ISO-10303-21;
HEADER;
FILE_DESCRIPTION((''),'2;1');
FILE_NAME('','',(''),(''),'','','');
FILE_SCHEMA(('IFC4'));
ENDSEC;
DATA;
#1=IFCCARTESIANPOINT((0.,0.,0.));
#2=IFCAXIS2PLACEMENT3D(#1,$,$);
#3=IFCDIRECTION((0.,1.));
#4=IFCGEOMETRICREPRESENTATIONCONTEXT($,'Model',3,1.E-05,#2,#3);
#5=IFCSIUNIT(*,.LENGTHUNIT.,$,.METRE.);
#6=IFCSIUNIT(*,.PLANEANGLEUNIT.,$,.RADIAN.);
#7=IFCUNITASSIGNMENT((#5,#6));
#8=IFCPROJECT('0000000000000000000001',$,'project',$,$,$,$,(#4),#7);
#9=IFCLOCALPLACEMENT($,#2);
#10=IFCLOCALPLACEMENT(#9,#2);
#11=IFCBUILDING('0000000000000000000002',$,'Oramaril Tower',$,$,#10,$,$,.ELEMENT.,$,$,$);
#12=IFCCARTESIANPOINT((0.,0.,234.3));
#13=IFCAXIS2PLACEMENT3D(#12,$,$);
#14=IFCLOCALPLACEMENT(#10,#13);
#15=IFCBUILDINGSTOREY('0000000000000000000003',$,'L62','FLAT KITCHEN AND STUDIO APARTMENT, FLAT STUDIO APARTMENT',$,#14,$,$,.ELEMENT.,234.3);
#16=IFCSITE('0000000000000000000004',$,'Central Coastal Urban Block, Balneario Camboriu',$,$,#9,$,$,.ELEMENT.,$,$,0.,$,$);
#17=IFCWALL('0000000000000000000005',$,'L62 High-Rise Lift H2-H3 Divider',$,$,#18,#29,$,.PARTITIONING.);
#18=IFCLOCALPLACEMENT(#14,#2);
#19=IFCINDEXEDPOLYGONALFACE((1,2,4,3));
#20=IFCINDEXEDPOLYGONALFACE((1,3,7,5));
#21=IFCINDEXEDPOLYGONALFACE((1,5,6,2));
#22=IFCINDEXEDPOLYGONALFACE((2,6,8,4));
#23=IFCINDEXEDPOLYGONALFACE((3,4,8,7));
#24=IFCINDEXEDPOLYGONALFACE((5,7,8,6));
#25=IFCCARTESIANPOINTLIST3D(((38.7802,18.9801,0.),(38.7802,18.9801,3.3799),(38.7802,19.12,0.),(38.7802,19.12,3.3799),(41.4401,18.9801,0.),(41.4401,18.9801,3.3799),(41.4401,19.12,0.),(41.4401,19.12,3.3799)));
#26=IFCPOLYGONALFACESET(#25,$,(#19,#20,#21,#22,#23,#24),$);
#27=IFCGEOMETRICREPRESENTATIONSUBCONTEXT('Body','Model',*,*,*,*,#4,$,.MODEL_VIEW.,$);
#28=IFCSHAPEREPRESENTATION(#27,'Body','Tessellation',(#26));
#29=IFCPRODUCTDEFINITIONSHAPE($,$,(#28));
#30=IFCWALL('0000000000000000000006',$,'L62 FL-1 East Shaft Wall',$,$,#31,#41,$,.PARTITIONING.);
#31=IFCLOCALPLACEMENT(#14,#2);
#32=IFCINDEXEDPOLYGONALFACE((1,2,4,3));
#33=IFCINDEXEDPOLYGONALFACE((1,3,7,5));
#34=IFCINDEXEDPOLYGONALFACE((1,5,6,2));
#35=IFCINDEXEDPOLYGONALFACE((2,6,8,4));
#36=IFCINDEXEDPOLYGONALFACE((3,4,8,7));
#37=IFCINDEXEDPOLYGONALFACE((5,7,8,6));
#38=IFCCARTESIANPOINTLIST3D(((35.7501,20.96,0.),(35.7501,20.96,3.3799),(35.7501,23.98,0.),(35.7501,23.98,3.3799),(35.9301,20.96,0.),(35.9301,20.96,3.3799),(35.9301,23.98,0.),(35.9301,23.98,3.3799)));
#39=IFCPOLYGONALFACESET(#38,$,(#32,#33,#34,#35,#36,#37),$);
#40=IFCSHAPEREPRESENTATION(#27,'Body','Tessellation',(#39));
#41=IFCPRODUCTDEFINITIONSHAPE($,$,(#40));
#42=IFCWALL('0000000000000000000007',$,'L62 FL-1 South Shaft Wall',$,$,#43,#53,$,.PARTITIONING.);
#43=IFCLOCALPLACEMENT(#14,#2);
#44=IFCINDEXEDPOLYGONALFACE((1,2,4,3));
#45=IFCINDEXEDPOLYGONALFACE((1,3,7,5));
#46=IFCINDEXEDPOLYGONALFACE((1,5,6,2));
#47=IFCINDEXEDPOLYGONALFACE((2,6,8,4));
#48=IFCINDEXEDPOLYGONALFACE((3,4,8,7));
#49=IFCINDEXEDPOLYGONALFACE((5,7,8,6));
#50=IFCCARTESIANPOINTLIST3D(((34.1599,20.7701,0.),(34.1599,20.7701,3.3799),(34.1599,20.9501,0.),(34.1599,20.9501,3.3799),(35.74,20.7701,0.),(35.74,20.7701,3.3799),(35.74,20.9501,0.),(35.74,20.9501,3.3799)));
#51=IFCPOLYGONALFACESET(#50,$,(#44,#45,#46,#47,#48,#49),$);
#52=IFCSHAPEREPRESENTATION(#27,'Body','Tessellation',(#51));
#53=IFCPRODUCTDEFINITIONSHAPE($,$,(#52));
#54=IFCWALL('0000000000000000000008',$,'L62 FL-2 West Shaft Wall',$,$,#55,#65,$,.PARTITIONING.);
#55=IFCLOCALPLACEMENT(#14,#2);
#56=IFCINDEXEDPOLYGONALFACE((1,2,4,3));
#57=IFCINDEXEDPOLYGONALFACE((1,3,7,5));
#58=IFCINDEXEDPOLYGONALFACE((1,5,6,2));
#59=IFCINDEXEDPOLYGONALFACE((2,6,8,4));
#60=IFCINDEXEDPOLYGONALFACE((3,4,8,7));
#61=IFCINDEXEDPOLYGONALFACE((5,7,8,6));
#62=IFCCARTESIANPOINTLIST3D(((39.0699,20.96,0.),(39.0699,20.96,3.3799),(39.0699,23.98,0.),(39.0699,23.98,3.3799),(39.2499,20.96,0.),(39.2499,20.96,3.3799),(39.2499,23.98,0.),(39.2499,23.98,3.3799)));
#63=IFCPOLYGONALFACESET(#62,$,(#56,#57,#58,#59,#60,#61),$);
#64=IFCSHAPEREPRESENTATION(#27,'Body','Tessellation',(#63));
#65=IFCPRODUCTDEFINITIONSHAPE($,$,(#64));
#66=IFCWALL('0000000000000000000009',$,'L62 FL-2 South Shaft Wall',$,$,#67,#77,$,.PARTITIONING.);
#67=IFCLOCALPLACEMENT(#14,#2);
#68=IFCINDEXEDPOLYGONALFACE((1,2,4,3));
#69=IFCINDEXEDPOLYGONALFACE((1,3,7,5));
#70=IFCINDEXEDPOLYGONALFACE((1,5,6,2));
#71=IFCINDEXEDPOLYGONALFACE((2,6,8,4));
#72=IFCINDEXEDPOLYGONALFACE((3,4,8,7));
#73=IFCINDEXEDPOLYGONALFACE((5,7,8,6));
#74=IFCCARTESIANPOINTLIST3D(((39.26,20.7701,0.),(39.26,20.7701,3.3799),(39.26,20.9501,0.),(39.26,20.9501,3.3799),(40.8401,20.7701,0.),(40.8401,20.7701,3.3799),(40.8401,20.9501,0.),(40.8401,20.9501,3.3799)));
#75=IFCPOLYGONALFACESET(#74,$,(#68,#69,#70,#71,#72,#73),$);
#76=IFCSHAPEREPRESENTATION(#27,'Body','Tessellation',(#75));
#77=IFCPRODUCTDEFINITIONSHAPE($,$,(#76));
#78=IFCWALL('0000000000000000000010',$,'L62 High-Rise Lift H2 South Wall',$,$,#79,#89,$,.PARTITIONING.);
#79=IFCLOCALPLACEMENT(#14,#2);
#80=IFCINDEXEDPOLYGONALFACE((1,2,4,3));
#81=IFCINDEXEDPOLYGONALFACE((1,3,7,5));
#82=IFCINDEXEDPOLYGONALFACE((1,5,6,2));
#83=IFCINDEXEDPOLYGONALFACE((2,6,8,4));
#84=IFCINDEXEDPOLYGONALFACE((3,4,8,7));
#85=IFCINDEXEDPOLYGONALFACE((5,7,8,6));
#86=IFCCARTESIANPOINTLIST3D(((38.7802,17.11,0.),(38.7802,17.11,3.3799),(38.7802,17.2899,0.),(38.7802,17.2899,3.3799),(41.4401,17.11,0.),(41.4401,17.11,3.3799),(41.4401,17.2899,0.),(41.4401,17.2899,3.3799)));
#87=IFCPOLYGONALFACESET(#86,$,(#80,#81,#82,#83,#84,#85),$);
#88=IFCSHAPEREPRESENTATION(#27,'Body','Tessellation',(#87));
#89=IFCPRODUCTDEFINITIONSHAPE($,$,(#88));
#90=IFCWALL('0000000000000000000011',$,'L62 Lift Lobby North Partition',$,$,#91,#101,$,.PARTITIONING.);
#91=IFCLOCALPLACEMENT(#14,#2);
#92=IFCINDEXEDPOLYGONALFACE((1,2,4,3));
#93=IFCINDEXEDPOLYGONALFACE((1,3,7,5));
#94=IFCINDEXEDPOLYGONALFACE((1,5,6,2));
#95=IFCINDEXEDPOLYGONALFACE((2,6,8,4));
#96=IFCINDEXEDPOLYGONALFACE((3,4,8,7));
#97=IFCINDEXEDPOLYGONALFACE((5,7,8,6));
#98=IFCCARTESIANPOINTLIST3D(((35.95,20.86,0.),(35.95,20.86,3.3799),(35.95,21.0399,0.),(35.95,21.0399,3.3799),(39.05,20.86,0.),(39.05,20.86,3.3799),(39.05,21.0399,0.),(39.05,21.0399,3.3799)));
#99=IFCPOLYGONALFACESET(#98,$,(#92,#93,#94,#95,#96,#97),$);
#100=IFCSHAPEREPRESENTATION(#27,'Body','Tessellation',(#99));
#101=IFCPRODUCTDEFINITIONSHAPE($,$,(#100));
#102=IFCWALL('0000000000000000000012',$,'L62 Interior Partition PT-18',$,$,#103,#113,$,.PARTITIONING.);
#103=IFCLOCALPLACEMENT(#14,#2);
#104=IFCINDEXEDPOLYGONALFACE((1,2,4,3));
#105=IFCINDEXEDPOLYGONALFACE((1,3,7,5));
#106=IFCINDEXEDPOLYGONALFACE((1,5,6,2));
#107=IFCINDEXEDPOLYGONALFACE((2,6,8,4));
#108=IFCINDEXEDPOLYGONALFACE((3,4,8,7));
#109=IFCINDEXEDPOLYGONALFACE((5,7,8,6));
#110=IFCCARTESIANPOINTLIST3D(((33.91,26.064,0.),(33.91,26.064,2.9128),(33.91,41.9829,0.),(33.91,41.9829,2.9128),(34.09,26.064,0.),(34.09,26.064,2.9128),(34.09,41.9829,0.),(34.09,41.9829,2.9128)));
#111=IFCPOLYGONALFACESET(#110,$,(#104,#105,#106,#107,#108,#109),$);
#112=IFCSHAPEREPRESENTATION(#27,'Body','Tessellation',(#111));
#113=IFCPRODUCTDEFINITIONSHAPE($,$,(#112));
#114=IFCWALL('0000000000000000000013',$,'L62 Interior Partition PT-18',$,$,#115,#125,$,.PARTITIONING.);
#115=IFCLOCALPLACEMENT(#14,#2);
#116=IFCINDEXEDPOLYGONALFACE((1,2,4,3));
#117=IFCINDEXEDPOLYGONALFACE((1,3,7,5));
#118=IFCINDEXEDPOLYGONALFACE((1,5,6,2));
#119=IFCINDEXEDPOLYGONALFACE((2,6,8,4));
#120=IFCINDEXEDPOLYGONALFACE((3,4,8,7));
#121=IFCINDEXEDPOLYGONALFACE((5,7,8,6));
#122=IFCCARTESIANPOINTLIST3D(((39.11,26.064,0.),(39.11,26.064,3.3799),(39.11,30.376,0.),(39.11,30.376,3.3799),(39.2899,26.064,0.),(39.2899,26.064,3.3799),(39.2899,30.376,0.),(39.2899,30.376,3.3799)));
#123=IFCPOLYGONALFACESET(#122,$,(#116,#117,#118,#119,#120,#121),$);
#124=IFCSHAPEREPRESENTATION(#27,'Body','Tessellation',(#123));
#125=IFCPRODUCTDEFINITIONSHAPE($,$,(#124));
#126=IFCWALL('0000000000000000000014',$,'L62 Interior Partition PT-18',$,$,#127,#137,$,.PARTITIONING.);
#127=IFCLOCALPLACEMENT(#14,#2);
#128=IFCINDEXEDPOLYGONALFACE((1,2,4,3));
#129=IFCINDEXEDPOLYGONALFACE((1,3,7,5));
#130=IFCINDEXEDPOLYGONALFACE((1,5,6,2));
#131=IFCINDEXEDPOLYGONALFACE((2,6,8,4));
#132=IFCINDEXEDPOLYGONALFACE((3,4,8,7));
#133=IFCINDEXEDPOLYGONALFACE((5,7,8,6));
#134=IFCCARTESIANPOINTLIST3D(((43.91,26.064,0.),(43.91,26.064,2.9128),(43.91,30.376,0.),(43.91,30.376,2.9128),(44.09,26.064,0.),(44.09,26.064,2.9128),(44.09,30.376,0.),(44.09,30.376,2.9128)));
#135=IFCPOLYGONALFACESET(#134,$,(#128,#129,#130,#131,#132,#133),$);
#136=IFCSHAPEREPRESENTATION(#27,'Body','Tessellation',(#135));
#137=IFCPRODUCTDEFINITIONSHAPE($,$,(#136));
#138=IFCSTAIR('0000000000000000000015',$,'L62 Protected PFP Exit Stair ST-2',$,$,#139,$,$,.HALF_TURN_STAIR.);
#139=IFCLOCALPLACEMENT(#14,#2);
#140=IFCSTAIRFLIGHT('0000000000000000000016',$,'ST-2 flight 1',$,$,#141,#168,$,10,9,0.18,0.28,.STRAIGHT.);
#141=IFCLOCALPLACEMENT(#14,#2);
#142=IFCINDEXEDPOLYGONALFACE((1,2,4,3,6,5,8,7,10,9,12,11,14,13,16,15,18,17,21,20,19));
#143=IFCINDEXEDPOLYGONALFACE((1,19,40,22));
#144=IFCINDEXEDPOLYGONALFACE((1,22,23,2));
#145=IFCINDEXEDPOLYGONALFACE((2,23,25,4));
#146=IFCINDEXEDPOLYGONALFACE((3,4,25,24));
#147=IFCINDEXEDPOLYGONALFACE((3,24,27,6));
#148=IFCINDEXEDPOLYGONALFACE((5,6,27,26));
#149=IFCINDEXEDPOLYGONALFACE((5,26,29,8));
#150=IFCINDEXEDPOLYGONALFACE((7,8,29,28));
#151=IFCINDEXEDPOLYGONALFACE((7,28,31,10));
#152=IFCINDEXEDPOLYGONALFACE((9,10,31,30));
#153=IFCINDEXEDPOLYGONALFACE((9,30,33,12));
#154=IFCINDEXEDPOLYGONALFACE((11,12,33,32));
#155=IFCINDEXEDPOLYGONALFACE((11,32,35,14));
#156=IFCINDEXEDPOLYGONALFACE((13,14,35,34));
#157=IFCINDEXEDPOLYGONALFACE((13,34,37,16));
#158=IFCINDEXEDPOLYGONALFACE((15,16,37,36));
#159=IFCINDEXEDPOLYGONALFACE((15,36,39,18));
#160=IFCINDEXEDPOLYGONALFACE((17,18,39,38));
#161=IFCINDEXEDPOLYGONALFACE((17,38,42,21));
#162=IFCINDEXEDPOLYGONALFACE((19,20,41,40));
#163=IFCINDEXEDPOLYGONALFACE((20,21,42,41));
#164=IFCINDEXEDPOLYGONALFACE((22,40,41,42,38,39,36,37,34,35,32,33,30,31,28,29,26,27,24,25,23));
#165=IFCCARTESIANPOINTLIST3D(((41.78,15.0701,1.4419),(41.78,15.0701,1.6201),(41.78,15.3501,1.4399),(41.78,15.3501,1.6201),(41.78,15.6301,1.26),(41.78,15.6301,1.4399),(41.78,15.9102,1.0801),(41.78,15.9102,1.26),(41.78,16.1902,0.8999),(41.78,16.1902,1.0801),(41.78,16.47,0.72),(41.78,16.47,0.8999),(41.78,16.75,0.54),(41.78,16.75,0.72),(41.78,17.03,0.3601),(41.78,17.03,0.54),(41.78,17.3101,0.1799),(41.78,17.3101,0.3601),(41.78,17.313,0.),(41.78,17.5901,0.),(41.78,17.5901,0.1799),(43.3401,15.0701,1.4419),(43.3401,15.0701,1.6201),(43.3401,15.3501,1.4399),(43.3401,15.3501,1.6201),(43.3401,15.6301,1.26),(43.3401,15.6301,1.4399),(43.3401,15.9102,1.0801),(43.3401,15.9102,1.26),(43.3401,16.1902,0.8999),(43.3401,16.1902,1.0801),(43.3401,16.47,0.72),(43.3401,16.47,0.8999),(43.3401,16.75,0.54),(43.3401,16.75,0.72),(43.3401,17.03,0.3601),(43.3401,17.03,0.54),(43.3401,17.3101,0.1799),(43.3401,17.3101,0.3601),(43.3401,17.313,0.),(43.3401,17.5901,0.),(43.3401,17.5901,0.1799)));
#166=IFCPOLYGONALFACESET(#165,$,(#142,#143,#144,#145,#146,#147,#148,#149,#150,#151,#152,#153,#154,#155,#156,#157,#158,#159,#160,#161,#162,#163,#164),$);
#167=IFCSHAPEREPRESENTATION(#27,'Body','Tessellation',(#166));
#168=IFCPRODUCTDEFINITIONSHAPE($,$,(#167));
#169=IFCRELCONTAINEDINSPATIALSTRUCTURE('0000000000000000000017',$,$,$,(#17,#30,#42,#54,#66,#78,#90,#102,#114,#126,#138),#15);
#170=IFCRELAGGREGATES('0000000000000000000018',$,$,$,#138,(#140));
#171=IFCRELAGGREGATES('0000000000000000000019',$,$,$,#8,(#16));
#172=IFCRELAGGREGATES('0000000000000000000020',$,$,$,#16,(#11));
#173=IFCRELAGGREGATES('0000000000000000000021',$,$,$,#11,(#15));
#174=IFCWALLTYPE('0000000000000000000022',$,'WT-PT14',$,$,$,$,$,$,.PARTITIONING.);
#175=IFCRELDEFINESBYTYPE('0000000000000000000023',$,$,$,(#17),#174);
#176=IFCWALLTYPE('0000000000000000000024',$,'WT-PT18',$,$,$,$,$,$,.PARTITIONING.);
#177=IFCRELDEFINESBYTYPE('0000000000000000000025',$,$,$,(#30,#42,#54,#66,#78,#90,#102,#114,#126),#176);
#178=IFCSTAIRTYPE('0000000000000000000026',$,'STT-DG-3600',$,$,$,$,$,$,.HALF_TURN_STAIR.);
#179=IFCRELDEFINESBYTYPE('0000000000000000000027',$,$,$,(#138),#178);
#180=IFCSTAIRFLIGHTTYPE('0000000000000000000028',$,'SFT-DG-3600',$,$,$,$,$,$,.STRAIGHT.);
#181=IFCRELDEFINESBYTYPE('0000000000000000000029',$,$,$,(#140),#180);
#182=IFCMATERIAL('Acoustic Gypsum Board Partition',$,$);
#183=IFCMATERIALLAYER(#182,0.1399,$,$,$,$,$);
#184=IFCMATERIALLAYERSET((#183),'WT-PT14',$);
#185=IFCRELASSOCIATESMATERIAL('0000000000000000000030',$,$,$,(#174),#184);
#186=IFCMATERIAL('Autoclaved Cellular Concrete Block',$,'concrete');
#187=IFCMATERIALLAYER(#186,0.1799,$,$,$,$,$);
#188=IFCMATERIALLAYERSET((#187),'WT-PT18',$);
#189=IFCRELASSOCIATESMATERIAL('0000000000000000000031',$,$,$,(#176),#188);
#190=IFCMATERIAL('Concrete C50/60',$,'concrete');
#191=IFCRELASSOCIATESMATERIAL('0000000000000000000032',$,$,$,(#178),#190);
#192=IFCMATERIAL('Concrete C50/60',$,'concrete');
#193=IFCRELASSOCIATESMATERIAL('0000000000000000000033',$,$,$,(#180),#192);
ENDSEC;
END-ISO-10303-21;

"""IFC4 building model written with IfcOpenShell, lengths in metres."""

from ifc_helpers import new_model, si_unit, direction, frame, frame_2d, origin, place, context, subcontext, project, spatial, polyline, rectangle, outline, extrude, material, layer, layer_set, type_object, element, aggregate, save


model = new_model("IFC4")

# Units and contexts
model_context = context("Model", 3, precision=1e-05, world=origin(), true_north=direction((0.0, 1.0)))
body_context = subcontext(model_context, "Body", "Model", "MODEL_VIEW")
ifc_project = project(units=[si_unit("LENGTHUNIT", "METRE"), si_unit("PLANEANGLEUNIT", "RADIAN")], contexts=[model_context])

# Site, building, storey
site_placement = place(None, origin())
site = spatial("IfcSite", under=ifc_project, at=site_placement, Name="Central Coastal Urban Block, Balneario Camboriu", CompositionType="ELEMENT", RefElevation=0.0)
building_placement = place(site_placement, origin())
building = spatial("IfcBuilding", under=site, at=building_placement, Name="Oramaril Tower", CompositionType="ELEMENT")
storey_placement = place(building_placement, frame((0.0, 0.0, 234.3)))
storey = spatial("IfcBuildingStorey", under=building, at=storey_placement, Name="L62", Description="FLAT KITCHEN AND STUDIO APARTMENT, FLAT STUDIO APARTMENT", CompositionType="ELEMENT", Elevation=234.3)

# Walls
ifc_material_1 = material(Name="Acoustic Gypsum Board Partition")
ifc_layer_1 = layer(ifc_material_1, 0.1399)
ifc_layer_set_1 = layer_set([ifc_layer_1], Name="WT-PT14")
wall_type_1 = type_object("IfcWallType", Name="WT-PT14", PredefinedType="PARTITIONING", material=ifc_layer_set_1)
wall_1_placement = place(storey_placement, frame((38.78, 19.05, 0.0), z_axis=(0.0, 0.0, 1.0), x_axis=(1.0, 0.0, 0.0)))
element("IfcWall", 1, at=wall_1_placement, inside=storey, type_object=wall_type_1, Name="L62 High-Rise Lift H2-H3 Divider", PredefinedType="PARTITIONING", context=body_context, shape_type="SweptSolid", body=[
    extrude(rectangle(XDim=2.6599, YDim=0.1399, at=frame_2d((1.3301, 0.0))), origin(), (0.0, 0.0, 1.0), 3.3799),
])
ifc_material_2 = material(Name="Autoclaved Cellular Concrete Block", Category="concrete")
ifc_layer_2 = layer(ifc_material_2, 0.1799)
ifc_layer_set_2 = layer_set([ifc_layer_2], Name="WT-PT18")
wall_type_2 = type_object("IfcWallType", Name="WT-PT18", PredefinedType="PARTITIONING", material=ifc_layer_set_2)
wall_2_placement = place(storey_placement, frame((35.8401, 20.96, 0.0), z_axis=(0.0, 0.0, 1.0), x_axis=(0.0, 1.0, 0.0)))
element("IfcWall", 2, at=wall_2_placement, inside=storey, type_object=wall_type_2, Name="L62 FL-1 East Shaft Wall", PredefinedType="PARTITIONING", context=body_context, shape_type="SweptSolid", body=[
    extrude(rectangle(XDim=3.02, YDim=0.1799, at=frame_2d((1.51, 0.0))), origin(), (0.0, 0.0, 1.0), 3.3799),
])
wall_3_placement = place(storey_placement, frame((34.1599, 20.8601, 0.0), z_axis=(0.0, 0.0, 1.0), x_axis=(1.0, 0.0, 0.0)))
element("IfcWall", 3, at=wall_3_placement, inside=storey, type_object=wall_type_2, Name="L62 FL-1 South Shaft Wall", PredefinedType="PARTITIONING", context=body_context, shape_type="SweptSolid", body=[
    extrude(rectangle(XDim=1.5801, YDim=0.1799, at=frame_2d((0.79, 0.0))), origin(), (0.0, 0.0, 1.0), 3.3799),
])
wall_4_placement = place(storey_placement, frame((39.1599, 20.96, 0.0), z_axis=(0.0, 0.0, 1.0), x_axis=(0.0, 1.0, 0.0)))
element("IfcWall", 4, at=wall_4_placement, inside=storey, type_object=wall_type_2, Name="L62 FL-2 West Shaft Wall", PredefinedType="PARTITIONING", context=body_context, shape_type="SweptSolid", body=[
    extrude(rectangle(XDim=3.02, YDim=0.1799, at=frame_2d((1.51, 0.0))), origin(), (0.0, 0.0, 1.0), 3.3799),
])
wall_5_placement = place(storey_placement, frame((39.26, 20.8601, 0.0), z_axis=(0.0, 0.0, 1.0), x_axis=(1.0, 0.0, 0.0)))
element("IfcWall", 5, at=wall_5_placement, inside=storey, type_object=wall_type_2, Name="L62 FL-2 South Shaft Wall", PredefinedType="PARTITIONING", context=body_context, shape_type="SweptSolid", body=[
    extrude(rectangle(XDim=1.5801, YDim=0.1799, at=frame_2d((0.79, 0.0))), origin(), (0.0, 0.0, 1.0), 3.3799),
])
wall_6_placement = place(storey_placement, frame((38.78, 17.2, 0.0), z_axis=(0.0, 0.0, 1.0), x_axis=(1.0, 0.0, 0.0)))
element("IfcWall", 6, at=wall_6_placement, inside=storey, type_object=wall_type_2, Name="L62 High-Rise Lift H2 South Wall", PredefinedType="PARTITIONING", context=body_context, shape_type="SweptSolid", body=[
    extrude(rectangle(XDim=2.6599, YDim=0.1799, at=frame_2d((1.3301, 0.0))), origin(), (0.0, 0.0, 1.0), 3.3799),
])
wall_7_placement = place(storey_placement, frame((35.95, 20.95, 0.0), z_axis=(0.0, 0.0, 1.0), x_axis=(1.0, 0.0, 0.0)))
element("IfcWall", 7, at=wall_7_placement, inside=storey, type_object=wall_type_2, Name="L62 Lift Lobby North Partition", PredefinedType="PARTITIONING", context=body_context, shape_type="SweptSolid", body=[
    extrude(rectangle(XDim=3.1001, YDim=0.1799, at=frame_2d((1.55, 0.0))), origin(), (0.0, 0.0, 1.0), 3.3799),
])
wall_8_placement = place(storey_placement, frame((34.0, 26.064, 0.0), z_axis=(0.0, 0.0, 1.0), x_axis=(0.0, 1.0, 0.0)))
element("IfcWall", 8, at=wall_8_placement, inside=storey, type_object=wall_type_2, Name="L62 Interior Partition PT-18", PredefinedType="PARTITIONING", context=body_context, shape_type="SweptSolid", body=[
    extrude(rectangle(XDim=15.9189, YDim=0.1799, at=frame_2d((7.9595, 0.0))), origin(), (0.0, 0.0, 1.0), 2.9128),
])
wall_9_placement = place(storey_placement, frame((39.2, 26.064, 0.0), z_axis=(0.0, 0.0, 1.0), x_axis=(0.0, 1.0, 0.0)))
element("IfcWall", 9, at=wall_9_placement, inside=storey, type_object=wall_type_2, Name="L62 Interior Partition PT-18", PredefinedType="PARTITIONING", context=body_context, shape_type="SweptSolid", body=[
    extrude(rectangle(XDim=4.312, YDim=0.1799, at=frame_2d((2.156, 0.0))), origin(), (0.0, 0.0, 1.0), 3.3799),
])
wall_10_placement = place(storey_placement, frame((44.0, 26.064, 0.0), z_axis=(0.0, 0.0, 1.0), x_axis=(0.0, 1.0, 0.0)))
element("IfcWall", 10, at=wall_10_placement, inside=storey, type_object=wall_type_2, Name="L62 Interior Partition PT-18", PredefinedType="PARTITIONING", context=body_context, shape_type="SweptSolid", body=[
    extrude(rectangle(XDim=4.312, YDim=0.1799, at=frame_2d((2.156, 0.0))), origin(), (0.0, 0.0, 1.0), 2.9128),
])

# Stair, stair flight
ifc_material_3 = material(Name="Concrete C50/60", Category="concrete")
stair_type = type_object("IfcStairType", Name="STT-DG-3600", PredefinedType="HALF_TURN_STAIR", material=ifc_material_3)
stair_placement = place(storey_placement, origin())
stair = element("IfcStair", 11, at=stair_placement, inside=storey, type_object=stair_type, Name="L62 Protected PFP Exit Stair ST-2", PredefinedType="HALF_TURN_STAIR")
ifc_material_4 = material(Name="Concrete C50/60", Category="concrete")
stair_flight_type = type_object("IfcStairFlightType", Name="SFT-DG-3600", PredefinedType="STRAIGHT", material=ifc_material_4)
stair_flight_placement = place(storey_placement, frame((42.5601, 17.5901, 0.0), z_axis=(0.0, 0.0, 1.0), x_axis=(0.0, -1.0, 0.0)))
stair_flight = element("IfcStairFlight", 12, at=stair_flight_placement, type_object=stair_flight_type, Name="ST-2 flight 1", NumberOfRisers=10, NumberOfTreads=9, PredefinedType="STRAIGHT", RiserHeight=0.18, TreadLength=0.28, context=body_context, shape_type="SweptSolid", body=[
    extrude(outline(polyline([(0.0, 0.0), (0.0, 0.1799), (0.28, 0.1799), (0.28, 0.3601), (0.5601, 0.3601), (0.5601, 0.54), (0.8401, 0.54), (0.8401, 0.72), (1.1201, 0.72), (1.1201, 0.8999), (1.3999, 0.8999), (1.3999, 1.0801), (1.6799, 1.0801), (1.6799, 1.26), (1.96, 1.26), (1.96, 1.4399), (2.24, 1.4399), (2.24, 1.6201), (2.52, 1.6201), (2.52, 1.8), (2.52, 1.4419), (0.2771, 0.0), (0.0, 0.0)])), frame((0.0, 0.78, 0.0), z_axis=(0.0, -1.0, 0.0), x_axis=(1.0, 0.0, 0.0)), (0.0, 0.0, 1.0), 1.5601),
])
aggregate(stair, [stair_flight])

save(model, "model.ifc")
